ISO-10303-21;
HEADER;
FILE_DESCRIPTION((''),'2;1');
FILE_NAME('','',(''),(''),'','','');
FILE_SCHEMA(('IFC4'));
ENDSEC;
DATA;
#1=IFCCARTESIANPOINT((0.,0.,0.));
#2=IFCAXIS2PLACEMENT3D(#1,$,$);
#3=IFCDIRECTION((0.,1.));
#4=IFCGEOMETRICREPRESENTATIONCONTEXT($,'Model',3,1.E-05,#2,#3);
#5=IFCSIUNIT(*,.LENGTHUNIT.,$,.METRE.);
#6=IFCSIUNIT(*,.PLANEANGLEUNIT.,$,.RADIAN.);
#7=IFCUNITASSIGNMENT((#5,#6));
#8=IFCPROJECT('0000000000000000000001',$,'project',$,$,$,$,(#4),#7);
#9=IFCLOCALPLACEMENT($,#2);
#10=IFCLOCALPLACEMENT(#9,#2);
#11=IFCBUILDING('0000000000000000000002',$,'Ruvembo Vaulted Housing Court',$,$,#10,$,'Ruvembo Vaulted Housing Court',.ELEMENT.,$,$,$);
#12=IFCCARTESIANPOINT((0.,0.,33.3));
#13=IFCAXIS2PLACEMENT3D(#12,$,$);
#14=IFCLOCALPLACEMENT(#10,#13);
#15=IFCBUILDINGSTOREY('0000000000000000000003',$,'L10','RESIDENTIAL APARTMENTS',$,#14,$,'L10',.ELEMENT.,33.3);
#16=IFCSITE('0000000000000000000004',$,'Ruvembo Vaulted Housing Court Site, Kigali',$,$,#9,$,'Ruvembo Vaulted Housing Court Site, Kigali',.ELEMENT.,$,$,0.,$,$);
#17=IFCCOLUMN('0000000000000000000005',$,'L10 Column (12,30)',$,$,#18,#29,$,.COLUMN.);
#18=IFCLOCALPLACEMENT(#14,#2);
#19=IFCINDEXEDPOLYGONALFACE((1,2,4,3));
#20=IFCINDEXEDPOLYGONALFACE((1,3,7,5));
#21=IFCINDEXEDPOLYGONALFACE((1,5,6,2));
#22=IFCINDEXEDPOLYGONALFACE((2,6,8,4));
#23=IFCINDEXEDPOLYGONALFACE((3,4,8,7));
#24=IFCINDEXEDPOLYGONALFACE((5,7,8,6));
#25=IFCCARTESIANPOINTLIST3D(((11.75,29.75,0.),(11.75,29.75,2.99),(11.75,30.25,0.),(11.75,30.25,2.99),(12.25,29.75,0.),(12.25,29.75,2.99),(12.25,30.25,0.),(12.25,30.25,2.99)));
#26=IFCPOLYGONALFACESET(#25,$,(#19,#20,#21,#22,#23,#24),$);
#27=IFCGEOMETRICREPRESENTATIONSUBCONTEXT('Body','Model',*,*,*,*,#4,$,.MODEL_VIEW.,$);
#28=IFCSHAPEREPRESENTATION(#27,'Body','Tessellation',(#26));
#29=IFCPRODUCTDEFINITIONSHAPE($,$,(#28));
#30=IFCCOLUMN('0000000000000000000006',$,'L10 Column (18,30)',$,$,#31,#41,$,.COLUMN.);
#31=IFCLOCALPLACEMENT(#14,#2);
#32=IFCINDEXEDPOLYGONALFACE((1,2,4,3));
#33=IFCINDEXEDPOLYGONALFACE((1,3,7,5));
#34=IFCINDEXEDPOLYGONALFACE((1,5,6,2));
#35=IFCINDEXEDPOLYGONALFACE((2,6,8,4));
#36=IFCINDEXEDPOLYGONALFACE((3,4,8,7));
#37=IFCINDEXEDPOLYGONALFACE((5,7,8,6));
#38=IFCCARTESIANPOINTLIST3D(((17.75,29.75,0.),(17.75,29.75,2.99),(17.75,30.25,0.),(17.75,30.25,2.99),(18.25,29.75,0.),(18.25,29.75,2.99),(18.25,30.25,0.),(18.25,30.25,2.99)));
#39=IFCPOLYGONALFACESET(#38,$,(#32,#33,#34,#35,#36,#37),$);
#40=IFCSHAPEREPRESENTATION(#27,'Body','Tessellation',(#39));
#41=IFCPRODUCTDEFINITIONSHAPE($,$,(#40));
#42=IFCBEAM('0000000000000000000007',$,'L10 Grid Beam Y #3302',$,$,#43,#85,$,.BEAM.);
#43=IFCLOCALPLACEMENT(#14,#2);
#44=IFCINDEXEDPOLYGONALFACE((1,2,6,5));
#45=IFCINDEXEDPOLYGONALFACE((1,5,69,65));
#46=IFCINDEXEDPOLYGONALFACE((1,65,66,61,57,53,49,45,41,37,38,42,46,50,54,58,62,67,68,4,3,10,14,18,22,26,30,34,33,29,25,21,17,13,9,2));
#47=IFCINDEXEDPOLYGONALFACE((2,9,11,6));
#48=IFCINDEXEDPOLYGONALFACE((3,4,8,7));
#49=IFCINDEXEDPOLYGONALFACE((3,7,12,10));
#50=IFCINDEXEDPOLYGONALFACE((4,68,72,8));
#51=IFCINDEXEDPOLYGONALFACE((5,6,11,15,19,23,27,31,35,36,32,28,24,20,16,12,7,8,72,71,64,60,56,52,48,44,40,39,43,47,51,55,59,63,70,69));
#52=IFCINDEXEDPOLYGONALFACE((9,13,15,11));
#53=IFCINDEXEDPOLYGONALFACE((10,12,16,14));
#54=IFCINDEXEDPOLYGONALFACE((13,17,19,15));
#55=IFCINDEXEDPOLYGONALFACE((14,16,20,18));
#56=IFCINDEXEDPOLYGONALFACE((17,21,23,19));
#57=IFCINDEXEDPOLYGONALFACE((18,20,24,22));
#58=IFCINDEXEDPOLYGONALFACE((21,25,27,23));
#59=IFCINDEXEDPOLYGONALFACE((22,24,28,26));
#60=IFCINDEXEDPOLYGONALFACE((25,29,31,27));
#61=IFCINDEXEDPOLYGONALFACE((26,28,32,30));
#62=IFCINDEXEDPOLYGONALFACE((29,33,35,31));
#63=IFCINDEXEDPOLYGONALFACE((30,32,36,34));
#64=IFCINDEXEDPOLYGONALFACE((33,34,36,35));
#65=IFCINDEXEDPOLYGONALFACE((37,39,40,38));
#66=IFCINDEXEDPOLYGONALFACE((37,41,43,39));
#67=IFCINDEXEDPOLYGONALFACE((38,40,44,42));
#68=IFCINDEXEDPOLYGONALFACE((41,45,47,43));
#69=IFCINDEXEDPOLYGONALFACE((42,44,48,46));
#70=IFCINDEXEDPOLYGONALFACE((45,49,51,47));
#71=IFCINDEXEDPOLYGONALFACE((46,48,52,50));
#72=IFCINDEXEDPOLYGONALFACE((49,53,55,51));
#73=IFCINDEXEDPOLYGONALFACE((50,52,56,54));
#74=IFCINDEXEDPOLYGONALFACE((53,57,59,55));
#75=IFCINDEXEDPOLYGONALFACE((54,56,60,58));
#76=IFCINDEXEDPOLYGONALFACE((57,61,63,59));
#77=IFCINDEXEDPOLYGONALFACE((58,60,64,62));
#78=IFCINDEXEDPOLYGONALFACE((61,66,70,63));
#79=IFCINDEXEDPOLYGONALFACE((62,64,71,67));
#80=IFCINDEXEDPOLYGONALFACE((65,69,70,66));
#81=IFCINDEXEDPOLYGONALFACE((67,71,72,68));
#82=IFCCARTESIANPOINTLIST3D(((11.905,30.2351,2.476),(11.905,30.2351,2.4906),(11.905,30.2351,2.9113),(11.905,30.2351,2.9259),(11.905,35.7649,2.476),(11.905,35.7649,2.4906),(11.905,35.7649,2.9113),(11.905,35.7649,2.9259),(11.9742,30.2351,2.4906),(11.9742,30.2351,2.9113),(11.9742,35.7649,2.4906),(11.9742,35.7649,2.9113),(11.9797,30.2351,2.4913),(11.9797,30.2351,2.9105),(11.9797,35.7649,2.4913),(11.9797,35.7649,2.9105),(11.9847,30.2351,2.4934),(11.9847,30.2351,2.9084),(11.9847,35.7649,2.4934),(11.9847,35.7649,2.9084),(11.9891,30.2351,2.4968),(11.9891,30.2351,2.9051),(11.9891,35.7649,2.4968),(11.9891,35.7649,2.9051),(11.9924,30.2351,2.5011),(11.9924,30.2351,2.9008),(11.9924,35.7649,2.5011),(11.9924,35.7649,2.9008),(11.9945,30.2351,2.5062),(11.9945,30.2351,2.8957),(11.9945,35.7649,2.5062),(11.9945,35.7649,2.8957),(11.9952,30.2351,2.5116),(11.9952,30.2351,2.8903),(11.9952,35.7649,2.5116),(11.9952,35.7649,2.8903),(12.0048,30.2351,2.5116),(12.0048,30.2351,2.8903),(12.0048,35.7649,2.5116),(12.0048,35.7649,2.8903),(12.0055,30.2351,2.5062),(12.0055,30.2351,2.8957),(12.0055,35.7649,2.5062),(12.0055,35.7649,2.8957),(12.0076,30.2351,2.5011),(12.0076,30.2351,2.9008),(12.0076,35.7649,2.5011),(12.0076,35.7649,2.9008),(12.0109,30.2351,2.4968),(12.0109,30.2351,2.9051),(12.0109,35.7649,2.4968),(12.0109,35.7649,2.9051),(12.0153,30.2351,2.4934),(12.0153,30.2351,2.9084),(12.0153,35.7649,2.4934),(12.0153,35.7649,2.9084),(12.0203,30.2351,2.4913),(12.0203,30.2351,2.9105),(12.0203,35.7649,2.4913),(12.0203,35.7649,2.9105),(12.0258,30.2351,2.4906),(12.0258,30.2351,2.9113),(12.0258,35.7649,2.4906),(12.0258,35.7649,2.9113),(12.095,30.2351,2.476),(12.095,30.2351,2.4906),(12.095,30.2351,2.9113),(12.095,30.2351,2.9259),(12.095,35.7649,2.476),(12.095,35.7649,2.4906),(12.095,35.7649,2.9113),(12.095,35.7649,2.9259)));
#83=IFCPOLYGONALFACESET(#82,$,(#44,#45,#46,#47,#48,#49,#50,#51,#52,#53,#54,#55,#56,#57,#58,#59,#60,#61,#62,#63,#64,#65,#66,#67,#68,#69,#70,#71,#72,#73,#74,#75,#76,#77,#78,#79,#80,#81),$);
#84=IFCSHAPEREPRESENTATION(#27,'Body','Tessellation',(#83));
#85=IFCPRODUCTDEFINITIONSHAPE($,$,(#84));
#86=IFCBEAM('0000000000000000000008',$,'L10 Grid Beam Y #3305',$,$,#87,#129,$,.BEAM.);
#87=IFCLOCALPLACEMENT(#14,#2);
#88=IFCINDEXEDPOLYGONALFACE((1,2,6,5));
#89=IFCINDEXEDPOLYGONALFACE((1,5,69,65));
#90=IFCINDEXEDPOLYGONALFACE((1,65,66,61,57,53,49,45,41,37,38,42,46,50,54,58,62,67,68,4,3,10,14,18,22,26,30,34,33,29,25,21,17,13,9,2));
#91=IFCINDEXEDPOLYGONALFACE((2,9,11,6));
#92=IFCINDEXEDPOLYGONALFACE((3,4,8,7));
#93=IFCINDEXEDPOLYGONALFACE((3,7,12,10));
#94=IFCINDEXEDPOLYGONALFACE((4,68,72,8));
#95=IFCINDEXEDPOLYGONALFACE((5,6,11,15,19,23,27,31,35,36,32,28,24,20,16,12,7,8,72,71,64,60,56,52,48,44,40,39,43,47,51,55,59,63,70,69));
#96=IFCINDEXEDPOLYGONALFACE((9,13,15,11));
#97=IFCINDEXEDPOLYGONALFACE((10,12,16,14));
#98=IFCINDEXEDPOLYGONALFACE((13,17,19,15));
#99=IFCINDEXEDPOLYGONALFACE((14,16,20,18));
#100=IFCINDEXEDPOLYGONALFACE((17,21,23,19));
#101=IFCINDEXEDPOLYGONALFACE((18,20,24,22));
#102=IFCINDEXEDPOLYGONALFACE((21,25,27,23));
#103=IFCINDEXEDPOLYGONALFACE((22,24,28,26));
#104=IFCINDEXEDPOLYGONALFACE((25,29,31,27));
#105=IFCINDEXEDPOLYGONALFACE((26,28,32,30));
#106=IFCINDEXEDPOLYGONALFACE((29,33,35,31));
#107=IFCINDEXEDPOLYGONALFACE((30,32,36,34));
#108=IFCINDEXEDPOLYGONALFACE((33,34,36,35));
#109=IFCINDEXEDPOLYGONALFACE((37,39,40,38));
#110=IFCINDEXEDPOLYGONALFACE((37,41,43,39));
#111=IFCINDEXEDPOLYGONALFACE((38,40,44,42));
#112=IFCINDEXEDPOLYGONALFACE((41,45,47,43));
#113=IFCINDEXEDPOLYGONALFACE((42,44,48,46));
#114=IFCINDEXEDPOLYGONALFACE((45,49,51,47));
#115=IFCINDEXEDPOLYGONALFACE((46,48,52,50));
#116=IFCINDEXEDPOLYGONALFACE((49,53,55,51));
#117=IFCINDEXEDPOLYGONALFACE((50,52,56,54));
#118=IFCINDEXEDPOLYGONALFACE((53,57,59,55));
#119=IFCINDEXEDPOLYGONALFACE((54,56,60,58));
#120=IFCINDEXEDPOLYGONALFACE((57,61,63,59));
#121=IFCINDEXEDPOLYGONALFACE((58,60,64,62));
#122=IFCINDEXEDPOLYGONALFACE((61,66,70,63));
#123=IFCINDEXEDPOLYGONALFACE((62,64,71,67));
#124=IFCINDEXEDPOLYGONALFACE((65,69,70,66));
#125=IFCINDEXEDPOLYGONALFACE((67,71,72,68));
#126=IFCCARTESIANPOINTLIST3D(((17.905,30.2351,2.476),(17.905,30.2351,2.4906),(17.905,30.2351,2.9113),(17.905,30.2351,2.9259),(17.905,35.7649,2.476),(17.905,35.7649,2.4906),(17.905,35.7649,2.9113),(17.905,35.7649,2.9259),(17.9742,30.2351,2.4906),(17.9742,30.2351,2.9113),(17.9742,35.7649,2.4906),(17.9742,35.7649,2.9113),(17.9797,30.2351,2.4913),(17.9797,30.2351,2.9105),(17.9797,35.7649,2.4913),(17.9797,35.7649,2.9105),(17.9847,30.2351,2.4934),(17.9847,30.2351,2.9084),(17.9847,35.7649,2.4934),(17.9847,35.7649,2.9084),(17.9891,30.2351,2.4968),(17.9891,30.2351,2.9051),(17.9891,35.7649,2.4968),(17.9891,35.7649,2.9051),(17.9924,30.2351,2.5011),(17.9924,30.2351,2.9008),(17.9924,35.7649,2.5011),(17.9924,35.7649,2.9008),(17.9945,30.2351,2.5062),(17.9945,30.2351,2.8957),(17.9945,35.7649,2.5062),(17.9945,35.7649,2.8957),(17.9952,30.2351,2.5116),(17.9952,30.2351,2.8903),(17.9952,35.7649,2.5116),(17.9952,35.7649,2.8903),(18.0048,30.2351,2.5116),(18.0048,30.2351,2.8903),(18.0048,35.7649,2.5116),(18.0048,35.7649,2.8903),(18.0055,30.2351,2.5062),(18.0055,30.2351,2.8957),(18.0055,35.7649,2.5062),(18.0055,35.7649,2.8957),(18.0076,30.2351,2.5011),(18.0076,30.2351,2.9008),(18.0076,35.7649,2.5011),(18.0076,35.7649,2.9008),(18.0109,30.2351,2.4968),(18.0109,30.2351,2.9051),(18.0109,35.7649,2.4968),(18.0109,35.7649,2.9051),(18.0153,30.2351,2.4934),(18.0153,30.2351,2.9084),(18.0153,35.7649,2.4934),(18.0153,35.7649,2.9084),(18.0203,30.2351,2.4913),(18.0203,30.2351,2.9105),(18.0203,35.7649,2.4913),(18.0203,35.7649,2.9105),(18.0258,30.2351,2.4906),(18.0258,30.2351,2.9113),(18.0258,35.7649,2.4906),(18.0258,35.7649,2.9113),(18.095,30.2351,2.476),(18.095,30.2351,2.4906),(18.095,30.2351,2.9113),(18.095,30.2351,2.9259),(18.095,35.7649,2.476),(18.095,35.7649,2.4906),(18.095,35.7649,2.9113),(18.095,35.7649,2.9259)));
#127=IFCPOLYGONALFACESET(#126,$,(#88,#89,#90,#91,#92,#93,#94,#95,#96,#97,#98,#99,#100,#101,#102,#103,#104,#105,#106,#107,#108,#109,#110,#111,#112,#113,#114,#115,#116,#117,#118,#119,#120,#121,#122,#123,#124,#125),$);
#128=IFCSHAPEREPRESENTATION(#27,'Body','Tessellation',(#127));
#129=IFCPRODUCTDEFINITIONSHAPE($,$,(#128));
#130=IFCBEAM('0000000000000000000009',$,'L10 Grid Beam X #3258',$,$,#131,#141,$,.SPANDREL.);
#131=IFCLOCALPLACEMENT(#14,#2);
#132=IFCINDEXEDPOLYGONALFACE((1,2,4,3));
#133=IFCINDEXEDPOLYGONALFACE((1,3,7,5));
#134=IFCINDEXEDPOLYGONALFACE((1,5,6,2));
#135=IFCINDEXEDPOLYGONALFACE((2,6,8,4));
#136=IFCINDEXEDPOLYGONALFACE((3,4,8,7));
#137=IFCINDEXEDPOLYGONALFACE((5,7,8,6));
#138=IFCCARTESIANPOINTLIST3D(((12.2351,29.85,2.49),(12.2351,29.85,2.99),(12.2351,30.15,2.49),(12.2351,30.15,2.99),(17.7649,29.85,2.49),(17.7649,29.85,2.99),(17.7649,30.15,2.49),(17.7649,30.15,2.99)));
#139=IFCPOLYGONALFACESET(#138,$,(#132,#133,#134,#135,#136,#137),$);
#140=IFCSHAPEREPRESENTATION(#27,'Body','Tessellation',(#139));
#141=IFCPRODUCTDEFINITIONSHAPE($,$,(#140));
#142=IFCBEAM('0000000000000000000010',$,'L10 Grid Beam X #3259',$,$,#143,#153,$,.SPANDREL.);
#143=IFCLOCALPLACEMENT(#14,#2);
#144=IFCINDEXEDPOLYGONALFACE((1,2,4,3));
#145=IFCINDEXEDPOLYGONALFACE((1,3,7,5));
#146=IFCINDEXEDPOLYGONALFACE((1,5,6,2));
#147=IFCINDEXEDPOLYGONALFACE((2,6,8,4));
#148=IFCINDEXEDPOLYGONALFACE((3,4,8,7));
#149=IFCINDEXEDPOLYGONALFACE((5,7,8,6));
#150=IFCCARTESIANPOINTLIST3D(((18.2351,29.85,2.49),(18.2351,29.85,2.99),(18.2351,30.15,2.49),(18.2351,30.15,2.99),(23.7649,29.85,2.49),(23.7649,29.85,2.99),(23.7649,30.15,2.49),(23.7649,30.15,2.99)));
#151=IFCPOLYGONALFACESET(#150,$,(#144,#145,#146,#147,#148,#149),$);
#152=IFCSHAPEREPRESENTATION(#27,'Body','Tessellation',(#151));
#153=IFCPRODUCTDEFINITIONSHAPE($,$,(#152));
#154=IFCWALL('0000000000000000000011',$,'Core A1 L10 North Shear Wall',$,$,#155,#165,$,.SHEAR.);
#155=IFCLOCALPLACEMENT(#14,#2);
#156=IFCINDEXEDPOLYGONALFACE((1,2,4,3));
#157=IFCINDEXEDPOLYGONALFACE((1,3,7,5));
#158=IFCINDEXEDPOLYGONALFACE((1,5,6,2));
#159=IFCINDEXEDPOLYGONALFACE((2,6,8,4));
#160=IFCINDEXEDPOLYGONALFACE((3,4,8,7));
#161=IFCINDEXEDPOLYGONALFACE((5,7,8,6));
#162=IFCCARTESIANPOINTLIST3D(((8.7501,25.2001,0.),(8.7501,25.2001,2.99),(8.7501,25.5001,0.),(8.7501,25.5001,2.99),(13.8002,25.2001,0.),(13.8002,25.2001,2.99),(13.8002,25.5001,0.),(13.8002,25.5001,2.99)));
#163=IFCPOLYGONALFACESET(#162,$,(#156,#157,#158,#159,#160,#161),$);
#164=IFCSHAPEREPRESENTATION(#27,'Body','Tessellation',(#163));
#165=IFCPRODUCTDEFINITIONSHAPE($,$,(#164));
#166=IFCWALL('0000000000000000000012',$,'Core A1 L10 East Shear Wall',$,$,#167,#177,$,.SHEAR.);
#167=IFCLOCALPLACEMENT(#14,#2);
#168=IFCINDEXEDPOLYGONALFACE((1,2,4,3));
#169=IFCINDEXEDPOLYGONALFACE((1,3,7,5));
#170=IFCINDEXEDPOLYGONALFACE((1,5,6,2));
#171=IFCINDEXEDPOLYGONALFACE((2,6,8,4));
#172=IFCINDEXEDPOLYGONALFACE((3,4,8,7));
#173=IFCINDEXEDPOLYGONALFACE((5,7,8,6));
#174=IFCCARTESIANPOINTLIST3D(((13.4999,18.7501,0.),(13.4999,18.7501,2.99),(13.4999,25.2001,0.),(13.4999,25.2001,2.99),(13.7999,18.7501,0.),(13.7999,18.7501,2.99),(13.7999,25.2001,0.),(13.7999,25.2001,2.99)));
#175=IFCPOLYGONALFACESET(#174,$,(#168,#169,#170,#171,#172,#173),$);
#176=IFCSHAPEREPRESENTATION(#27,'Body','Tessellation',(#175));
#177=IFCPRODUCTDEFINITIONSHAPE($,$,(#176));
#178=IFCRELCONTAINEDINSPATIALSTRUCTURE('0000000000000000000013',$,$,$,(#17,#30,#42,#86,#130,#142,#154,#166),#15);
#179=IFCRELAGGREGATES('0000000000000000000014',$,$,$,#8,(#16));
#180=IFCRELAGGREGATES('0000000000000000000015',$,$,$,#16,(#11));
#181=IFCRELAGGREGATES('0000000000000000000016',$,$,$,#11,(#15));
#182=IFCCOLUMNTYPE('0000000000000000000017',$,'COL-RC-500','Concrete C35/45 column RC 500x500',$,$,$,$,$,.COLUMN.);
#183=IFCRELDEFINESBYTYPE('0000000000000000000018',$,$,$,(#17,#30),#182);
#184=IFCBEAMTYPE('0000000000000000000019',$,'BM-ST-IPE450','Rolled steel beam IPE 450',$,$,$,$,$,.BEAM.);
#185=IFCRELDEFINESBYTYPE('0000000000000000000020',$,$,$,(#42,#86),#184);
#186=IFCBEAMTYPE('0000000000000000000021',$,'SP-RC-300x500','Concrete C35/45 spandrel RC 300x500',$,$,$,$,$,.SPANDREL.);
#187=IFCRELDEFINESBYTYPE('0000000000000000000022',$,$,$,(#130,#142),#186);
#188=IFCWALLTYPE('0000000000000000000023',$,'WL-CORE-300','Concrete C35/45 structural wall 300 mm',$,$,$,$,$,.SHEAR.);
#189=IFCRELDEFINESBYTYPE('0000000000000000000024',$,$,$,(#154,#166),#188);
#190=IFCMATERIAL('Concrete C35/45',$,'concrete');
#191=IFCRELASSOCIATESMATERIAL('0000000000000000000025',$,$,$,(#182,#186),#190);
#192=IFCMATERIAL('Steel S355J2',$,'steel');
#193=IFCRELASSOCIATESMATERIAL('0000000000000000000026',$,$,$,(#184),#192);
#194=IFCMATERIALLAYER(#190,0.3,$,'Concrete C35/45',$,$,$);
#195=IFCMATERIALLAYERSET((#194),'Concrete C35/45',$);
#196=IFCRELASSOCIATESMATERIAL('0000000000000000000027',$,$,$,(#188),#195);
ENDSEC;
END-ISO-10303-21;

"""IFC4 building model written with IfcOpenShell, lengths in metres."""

from ifc_helpers import new_model, si_unit, direction, frame, frame_2d, origin, origin_2d, place, context, subcontext, project, spatial, rectangle, i_section, extrude, material, layer, layer_set, material_profile, profile_set, type_object, element, save


model = new_model("IFC4")

# Units and contexts
model_context = context("Model", 3, precision=1e-05, world=origin(), true_north=direction((0.0, 1.0)))
body_context = subcontext(model_context, "Body", "Model", "MODEL_VIEW")
ifc_project = project(units=[si_unit("LENGTHUNIT", "METRE"), si_unit("PLANEANGLEUNIT", "RADIAN")], contexts=[model_context])

# Site, building, storey
site_placement = place(None, origin())
site = spatial("IfcSite", under=ifc_project, at=site_placement, Name="Ruvembo Vaulted Housing Court Site, Kigali", LongName="Ruvembo Vaulted Housing Court Site, Kigali", CompositionType="ELEMENT", RefElevation=0.0)
building_placement = place(site_placement, origin())
building = spatial("IfcBuilding", under=site, at=building_placement, Name="Ruvembo Vaulted Housing Court", LongName="Ruvembo Vaulted Housing Court", CompositionType="ELEMENT")
storey_placement = place(building_placement, frame((0.0, 0.0, 33.3)))
storey = spatial("IfcBuildingStorey", under=building, at=storey_placement, Name="L10", Description="RESIDENTIAL APARTMENTS", LongName="L10", CompositionType="ELEMENT", Elevation=33.3)

# Columns
ifc_material_1 = material(Name="Concrete C35/45", Category="concrete")
ifc_material_profile_1 = material_profile(ifc_material_1, rectangle(XDim=0.5, YDim=0.5, at=origin_2d()), Name="RC 500x500")
ifc_profile_set_1 = profile_set([ifc_material_profile_1], Name="Concrete C35/45")
column_type = type_object("IfcColumnType", Name="COL-RC-500", Description="Concrete C35/45 column RC 500x500", PredefinedType="COLUMN", material=ifc_profile_set_1)
for number, where, z_axis, x_axis, name in (
    (1, (12.0, 30.0, 0.0), (0.0, 0.0, 1.0), (1.0, 0.0, 0.0), "L10 Column (12,30)"),
    (2, (18.0, 30.0, 0.0), (0.0, 0.0, 1.0), (1.0, 0.0, 0.0), "L10 Column (18,30)"),
):
    element("IfcColumn", number, at=place(storey_placement, frame(where, z_axis=z_axis, x_axis=x_axis)), inside=storey, type_object=column_type, Name=name, PredefinedType="COLUMN", context=body_context, shape_type="SweptSolid", body=[
        extrude(rectangle(XDim=0.5, YDim=0.5, at=origin_2d()), origin(), (0.0, 0.0, 1.0), 2.99),
    ])

# Beams
ifc_material_2 = material(Name="Steel S355J2", Category="steel")
ifc_material_profile_2 = material_profile(ifc_material_2, i_section(OverallWidth=0.1899, OverallDepth=0.45, WebThickness=0.0095, FlangeThickness=0.0146, FilletRadius=0.021, at=origin_2d()), Name="IPE 450")
ifc_profile_set_2 = profile_set([ifc_material_profile_2], Name="Steel S355J2")
beam_type_1 = type_object("IfcBeamType", Name="BM-ST-IPE450", Description="Rolled steel beam IPE 450", PredefinedType="BEAM", material=ifc_profile_set_2)
for number, where, z_axis, x_axis, name in (
    (3, (12.0, 30.2351, 2.7009), (0.0, 1.0, 0.0), (-1.0, 0.0, 0.0), "L10 Grid Beam Y #3302"),
    (4, (18.0, 30.2351, 2.7009), (0.0, 1.0, 0.0), (-1.0, 0.0, 0.0), "L10 Grid Beam Y #3305"),
):
    element("IfcBeam", number, at=place(storey_placement, frame(where, z_axis=z_axis, x_axis=x_axis)), inside=storey, type_object=beam_type_1, Name=name, PredefinedType="BEAM", context=body_context, shape_type="SweptSolid", body=[
        extrude(i_section(OverallWidth=0.1899, OverallDepth=0.45, WebThickness=0.0095, FlangeThickness=0.0146, FilletRadius=0.021, at=origin_2d()), origin(), (0.0, 0.0, 1.0), 5.5298),
    ])
ifc_material_profile_3 = material_profile(ifc_material_1, rectangle(XDim=0.3, YDim=0.5, at=origin_2d()), Name="RC 300x500")
ifc_profile_set_3 = profile_set([ifc_material_profile_3], Name="Concrete C35/45")
beam_type_2 = type_object("IfcBeamType", Name="SP-RC-300x500", Description="Concrete C35/45 spandrel RC 300x500", PredefinedType="SPANDREL", material=ifc_profile_set_3)
for number, where, z_axis, x_axis, name in (
    (5, (12.2351, 30.0, 2.74), (1.0, 0.0, 0.0), (0.0, 1.0, 0.0), "L10 Grid Beam X #3258"),
    (6, (18.2351, 30.0, 2.74), (1.0, 0.0, 0.0), (0.0, 1.0, 0.0), "L10 Grid Beam X #3259"),
):
    element("IfcBeam", number, at=place(storey_placement, frame(where, z_axis=z_axis, x_axis=x_axis)), inside=storey, type_object=beam_type_2, Name=name, PredefinedType="SPANDREL", context=body_context, shape_type="SweptSolid", body=[
        extrude(rectangle(XDim=0.3, YDim=0.5, at=origin_2d()), origin(), (0.0, 0.0, 1.0), 5.5298),
    ])

# Walls
ifc_layer_1 = layer(ifc_material_1, 0.3, Name="Concrete C35/45")
ifc_layer_set_1 = layer_set([ifc_layer_1], Name="Concrete C35/45")
wall_type_1 = type_object("IfcWallType", Name="WL-CORE-300", Description="Concrete C35/45 structural wall 300 mm", PredefinedType="SHEAR", material=ifc_layer_set_1)
wall_1_placement = place(storey_placement, frame((13.8, 25.3501, 0.0), z_axis=(0.0, 0.0, 1.0), x_axis=(-1.0, 0.0, 0.0)))
element("IfcWall", 7, at=wall_1_placement, inside=storey, type_object=wall_type_1, Name="Core A1 L10 North Shear Wall", PredefinedType="SHEAR", context=body_context, shape_type="SweptSolid", body=[
    extrude(rectangle(XDim=5.05, YDim=0.3, at=frame_2d((2.5249, 0.0))), origin(), (0.0, 0.0, 1.0), 2.99),
])
wall_2_placement = place(storey_placement, frame((13.6499, 18.75, 0.0), z_axis=(0.0, 0.0, 1.0), x_axis=(0.0, 1.0, 0.0)))
element("IfcWall", 8, at=wall_2_placement, inside=storey, type_object=wall_type_1, Name="Core A1 L10 East Shear Wall", PredefinedType="SHEAR", context=body_context, shape_type="SweptSolid", body=[
    extrude(rectangle(XDim=6.45, YDim=0.3, at=frame_2d((3.2251, 0.0))), origin(), (0.0, 0.0, 1.0), 2.99),
])

save(model, "model.ifc")
